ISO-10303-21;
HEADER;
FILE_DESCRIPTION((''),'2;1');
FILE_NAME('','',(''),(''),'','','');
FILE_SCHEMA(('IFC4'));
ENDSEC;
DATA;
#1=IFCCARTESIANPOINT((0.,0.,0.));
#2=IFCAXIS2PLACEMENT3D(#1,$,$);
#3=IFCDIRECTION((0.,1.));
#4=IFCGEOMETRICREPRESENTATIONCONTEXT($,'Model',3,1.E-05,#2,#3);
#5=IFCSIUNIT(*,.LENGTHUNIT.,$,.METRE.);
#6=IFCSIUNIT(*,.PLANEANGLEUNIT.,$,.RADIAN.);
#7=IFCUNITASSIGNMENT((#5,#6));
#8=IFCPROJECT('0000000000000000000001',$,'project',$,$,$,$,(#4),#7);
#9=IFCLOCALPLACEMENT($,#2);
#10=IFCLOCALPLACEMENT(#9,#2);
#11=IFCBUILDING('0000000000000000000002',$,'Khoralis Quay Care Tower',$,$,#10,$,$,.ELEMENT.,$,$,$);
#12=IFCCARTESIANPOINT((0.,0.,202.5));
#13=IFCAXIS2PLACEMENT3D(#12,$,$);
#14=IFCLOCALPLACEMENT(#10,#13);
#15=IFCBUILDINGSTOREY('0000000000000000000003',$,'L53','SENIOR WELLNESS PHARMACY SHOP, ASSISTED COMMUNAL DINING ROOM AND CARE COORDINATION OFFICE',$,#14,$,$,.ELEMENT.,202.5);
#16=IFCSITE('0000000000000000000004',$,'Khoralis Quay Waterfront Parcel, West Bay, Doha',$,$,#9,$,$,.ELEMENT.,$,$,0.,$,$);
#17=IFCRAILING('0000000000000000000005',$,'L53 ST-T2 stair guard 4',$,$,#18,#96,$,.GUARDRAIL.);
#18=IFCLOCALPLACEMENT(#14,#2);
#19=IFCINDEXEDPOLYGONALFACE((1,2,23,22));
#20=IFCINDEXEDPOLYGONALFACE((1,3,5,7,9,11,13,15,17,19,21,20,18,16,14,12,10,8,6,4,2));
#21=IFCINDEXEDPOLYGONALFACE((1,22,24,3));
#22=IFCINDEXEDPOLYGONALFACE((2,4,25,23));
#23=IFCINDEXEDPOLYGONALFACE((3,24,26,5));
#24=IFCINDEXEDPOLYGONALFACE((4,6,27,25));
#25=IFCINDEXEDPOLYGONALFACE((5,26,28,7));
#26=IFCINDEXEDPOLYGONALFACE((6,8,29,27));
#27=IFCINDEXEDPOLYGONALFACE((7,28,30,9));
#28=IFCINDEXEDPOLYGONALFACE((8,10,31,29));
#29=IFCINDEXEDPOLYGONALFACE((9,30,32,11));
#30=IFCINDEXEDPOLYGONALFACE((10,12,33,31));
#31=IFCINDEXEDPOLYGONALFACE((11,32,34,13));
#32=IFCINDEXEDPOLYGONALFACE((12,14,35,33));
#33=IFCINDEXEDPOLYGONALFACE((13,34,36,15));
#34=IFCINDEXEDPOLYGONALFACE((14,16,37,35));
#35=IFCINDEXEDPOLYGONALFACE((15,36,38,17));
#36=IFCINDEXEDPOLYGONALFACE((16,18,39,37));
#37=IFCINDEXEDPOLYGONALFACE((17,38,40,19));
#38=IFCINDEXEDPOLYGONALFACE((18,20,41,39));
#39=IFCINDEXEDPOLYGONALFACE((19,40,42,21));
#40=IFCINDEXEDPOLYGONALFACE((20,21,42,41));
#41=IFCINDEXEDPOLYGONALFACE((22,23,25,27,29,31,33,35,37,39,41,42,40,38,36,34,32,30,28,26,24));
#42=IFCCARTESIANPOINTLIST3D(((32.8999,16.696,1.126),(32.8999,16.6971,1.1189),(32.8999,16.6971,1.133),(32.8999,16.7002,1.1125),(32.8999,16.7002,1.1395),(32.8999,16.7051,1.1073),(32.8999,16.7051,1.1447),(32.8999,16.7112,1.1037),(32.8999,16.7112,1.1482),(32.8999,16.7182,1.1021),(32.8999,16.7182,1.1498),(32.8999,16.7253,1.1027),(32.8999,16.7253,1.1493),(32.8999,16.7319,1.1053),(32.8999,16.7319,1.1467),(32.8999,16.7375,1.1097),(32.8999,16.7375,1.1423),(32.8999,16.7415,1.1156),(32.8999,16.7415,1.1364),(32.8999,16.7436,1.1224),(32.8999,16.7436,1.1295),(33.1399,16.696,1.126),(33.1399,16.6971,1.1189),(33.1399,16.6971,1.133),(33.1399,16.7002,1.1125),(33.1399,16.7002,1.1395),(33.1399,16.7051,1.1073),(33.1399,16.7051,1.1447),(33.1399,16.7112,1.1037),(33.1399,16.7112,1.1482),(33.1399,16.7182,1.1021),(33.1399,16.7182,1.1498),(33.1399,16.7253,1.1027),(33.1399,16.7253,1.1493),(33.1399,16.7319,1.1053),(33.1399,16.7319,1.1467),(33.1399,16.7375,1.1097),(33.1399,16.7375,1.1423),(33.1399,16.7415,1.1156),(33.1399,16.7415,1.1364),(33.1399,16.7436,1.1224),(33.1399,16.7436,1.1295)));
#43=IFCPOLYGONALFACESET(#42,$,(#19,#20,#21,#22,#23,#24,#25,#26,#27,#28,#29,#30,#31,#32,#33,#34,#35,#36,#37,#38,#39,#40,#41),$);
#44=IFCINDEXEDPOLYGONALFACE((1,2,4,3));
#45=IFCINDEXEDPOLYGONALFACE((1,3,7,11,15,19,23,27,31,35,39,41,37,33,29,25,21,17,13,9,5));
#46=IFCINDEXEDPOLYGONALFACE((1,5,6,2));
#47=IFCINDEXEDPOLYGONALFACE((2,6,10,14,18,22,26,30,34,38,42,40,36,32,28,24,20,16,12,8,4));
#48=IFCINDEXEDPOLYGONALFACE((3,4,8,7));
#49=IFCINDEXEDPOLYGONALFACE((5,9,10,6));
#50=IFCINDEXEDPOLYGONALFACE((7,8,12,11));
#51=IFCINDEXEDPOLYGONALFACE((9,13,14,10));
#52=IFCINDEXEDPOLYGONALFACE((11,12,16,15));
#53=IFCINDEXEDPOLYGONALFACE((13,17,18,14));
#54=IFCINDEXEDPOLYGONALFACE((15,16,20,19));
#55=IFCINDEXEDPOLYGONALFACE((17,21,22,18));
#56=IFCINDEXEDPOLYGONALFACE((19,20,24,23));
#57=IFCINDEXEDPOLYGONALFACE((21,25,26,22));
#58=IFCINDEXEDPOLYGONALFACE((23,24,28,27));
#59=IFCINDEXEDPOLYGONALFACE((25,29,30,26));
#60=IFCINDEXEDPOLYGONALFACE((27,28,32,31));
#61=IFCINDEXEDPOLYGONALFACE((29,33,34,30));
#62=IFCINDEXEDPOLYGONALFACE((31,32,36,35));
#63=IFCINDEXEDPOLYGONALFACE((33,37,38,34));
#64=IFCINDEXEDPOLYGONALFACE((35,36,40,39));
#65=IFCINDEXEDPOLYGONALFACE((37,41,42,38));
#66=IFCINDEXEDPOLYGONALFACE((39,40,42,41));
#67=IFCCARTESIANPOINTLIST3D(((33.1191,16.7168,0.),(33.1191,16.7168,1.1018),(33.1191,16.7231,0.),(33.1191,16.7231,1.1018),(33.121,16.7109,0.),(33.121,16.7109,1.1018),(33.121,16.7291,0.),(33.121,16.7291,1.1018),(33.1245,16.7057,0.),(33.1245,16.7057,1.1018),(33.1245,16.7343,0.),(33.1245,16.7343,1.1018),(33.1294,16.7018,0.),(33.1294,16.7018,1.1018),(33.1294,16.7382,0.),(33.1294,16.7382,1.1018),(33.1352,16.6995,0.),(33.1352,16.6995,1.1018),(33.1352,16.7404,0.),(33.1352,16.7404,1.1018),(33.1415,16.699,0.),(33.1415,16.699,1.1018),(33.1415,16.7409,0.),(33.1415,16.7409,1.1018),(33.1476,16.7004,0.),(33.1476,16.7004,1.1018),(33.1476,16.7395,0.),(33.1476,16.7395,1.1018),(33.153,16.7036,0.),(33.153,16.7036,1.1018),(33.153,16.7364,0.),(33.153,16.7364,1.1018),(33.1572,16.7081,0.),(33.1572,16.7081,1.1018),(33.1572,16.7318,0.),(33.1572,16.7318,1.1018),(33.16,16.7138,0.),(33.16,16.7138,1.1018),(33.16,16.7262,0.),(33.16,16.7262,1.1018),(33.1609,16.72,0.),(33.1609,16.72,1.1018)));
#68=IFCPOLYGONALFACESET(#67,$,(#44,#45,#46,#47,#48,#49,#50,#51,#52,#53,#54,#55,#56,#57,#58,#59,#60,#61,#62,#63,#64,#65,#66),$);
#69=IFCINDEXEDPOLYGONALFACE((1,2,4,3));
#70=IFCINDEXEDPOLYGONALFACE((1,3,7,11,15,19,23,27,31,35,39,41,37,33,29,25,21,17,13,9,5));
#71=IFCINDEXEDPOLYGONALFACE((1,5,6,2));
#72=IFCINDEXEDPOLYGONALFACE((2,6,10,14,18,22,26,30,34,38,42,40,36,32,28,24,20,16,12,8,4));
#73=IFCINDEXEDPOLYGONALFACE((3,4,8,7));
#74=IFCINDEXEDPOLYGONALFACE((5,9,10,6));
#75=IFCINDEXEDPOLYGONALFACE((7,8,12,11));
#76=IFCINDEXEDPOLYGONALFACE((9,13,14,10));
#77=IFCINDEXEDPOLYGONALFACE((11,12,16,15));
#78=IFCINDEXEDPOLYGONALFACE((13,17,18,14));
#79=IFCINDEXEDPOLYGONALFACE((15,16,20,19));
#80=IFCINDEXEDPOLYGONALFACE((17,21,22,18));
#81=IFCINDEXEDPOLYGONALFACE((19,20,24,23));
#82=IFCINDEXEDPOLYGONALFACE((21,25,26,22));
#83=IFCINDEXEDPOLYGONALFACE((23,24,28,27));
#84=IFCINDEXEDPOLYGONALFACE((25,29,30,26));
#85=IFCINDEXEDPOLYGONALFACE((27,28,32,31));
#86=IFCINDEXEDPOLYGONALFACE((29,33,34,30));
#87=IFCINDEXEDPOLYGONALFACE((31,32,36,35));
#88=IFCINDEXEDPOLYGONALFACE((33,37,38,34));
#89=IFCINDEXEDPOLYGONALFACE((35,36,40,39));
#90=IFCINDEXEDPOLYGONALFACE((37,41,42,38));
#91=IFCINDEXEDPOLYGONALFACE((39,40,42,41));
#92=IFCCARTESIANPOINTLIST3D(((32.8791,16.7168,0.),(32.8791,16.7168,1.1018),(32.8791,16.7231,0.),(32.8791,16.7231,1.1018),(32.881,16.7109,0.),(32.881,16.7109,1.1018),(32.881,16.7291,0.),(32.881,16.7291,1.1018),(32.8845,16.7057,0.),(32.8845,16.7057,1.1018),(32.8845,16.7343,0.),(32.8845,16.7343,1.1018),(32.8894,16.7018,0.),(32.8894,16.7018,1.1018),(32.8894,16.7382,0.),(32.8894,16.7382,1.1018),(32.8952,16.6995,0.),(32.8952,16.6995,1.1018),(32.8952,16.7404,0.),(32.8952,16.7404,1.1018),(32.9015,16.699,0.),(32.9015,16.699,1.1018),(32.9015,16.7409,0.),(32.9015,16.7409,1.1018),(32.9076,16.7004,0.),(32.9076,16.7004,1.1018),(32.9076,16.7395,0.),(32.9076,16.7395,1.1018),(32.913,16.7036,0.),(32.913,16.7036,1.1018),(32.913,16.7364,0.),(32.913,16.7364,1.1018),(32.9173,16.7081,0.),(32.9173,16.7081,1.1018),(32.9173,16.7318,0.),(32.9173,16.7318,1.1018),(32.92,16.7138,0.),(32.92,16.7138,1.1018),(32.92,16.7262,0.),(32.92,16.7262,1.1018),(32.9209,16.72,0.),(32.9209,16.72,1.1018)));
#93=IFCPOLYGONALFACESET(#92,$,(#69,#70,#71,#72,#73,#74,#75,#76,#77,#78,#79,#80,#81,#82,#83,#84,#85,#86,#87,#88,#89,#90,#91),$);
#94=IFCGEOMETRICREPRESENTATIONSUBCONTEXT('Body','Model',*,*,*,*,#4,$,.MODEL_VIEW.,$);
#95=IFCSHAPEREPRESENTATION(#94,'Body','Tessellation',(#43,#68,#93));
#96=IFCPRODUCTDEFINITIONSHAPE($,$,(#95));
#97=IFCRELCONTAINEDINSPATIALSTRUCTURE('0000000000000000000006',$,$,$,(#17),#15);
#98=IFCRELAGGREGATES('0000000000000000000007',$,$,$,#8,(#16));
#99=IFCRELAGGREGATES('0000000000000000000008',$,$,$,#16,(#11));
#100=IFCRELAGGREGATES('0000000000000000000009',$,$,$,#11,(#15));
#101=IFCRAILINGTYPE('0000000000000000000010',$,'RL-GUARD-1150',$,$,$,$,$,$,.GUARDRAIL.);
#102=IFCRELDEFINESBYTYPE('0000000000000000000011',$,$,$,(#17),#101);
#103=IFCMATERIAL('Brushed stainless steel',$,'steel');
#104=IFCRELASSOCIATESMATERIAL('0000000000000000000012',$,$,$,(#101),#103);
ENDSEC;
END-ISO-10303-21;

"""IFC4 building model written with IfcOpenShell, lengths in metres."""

from ifc_helpers import new_model, si_unit, direction, frame, origin, origin_2d, place, context, subcontext, project, spatial, circle, extrude, material, type_object, element, save


model = new_model("IFC4")

# Units and contexts
model_context = context("Model", 3, precision=1e-05, world=origin(), true_north=direction((0.0, 1.0)))
body_context = subcontext(model_context, "Body", "Model", "MODEL_VIEW")
ifc_project = project(units=[si_unit("LENGTHUNIT", "METRE"), si_unit("PLANEANGLEUNIT", "RADIAN")], contexts=[model_context])

# Site, building, storey
site_placement = place(None, origin())
site = spatial("IfcSite", under=ifc_project, at=site_placement, Name="Khoralis Quay Waterfront Parcel, West Bay, Doha", CompositionType="ELEMENT", RefElevation=0.0)
building_placement = place(site_placement, origin())
building = spatial("IfcBuilding", under=site, at=building_placement, Name="Khoralis Quay Care Tower", CompositionType="ELEMENT")
storey_placement = place(building_placement, frame((0.0, 0.0, 202.5)))
storey = spatial("IfcBuildingStorey", under=building, at=storey_placement, Name="L53", Description="SENIOR WELLNESS PHARMACY SHOP, ASSISTED COMMUNAL DINING ROOM AND CARE COORDINATION OFFICE", CompositionType="ELEMENT", Elevation=202.5)

# Shared definitions
ifc_material_1 = material(Name="Brushed stainless steel", Category="steel")

# Railing
railing_type_1 = type_object("IfcRailingType", Name="RL-GUARD-1150", PredefinedType="GUARDRAIL", material=ifc_material_1)
railing_1_placement = place(storey_placement, frame((33.1399, 16.72, 0.0)))
element("IfcRailing", 1, at=railing_1_placement, inside=storey, type_object=railing_type_1, Name="L53 ST-T2 stair guard 4", PredefinedType="GUARDRAIL", context=body_context, shape_type="SweptSolid", body=[
    extrude(circle(Radius=0.0239, at=origin_2d()), frame((0.0, 0.0, 1.126), z_axis=(-1.0, 0.0, 0.0), x_axis=(0.0, -1.0, 0.0)), (0.0, 0.0, 1.0), 0.24),
    extrude(circle(Radius=0.021, at=origin_2d()), origin(), (0.0, 0.0, 1.0), 1.1018),
    extrude(circle(Radius=0.021, at=origin_2d()), frame((-0.24, 0.0, 0.0)), (0.0, 0.0, 1.0), 1.1018),
])

save(model, "model.ifc")
